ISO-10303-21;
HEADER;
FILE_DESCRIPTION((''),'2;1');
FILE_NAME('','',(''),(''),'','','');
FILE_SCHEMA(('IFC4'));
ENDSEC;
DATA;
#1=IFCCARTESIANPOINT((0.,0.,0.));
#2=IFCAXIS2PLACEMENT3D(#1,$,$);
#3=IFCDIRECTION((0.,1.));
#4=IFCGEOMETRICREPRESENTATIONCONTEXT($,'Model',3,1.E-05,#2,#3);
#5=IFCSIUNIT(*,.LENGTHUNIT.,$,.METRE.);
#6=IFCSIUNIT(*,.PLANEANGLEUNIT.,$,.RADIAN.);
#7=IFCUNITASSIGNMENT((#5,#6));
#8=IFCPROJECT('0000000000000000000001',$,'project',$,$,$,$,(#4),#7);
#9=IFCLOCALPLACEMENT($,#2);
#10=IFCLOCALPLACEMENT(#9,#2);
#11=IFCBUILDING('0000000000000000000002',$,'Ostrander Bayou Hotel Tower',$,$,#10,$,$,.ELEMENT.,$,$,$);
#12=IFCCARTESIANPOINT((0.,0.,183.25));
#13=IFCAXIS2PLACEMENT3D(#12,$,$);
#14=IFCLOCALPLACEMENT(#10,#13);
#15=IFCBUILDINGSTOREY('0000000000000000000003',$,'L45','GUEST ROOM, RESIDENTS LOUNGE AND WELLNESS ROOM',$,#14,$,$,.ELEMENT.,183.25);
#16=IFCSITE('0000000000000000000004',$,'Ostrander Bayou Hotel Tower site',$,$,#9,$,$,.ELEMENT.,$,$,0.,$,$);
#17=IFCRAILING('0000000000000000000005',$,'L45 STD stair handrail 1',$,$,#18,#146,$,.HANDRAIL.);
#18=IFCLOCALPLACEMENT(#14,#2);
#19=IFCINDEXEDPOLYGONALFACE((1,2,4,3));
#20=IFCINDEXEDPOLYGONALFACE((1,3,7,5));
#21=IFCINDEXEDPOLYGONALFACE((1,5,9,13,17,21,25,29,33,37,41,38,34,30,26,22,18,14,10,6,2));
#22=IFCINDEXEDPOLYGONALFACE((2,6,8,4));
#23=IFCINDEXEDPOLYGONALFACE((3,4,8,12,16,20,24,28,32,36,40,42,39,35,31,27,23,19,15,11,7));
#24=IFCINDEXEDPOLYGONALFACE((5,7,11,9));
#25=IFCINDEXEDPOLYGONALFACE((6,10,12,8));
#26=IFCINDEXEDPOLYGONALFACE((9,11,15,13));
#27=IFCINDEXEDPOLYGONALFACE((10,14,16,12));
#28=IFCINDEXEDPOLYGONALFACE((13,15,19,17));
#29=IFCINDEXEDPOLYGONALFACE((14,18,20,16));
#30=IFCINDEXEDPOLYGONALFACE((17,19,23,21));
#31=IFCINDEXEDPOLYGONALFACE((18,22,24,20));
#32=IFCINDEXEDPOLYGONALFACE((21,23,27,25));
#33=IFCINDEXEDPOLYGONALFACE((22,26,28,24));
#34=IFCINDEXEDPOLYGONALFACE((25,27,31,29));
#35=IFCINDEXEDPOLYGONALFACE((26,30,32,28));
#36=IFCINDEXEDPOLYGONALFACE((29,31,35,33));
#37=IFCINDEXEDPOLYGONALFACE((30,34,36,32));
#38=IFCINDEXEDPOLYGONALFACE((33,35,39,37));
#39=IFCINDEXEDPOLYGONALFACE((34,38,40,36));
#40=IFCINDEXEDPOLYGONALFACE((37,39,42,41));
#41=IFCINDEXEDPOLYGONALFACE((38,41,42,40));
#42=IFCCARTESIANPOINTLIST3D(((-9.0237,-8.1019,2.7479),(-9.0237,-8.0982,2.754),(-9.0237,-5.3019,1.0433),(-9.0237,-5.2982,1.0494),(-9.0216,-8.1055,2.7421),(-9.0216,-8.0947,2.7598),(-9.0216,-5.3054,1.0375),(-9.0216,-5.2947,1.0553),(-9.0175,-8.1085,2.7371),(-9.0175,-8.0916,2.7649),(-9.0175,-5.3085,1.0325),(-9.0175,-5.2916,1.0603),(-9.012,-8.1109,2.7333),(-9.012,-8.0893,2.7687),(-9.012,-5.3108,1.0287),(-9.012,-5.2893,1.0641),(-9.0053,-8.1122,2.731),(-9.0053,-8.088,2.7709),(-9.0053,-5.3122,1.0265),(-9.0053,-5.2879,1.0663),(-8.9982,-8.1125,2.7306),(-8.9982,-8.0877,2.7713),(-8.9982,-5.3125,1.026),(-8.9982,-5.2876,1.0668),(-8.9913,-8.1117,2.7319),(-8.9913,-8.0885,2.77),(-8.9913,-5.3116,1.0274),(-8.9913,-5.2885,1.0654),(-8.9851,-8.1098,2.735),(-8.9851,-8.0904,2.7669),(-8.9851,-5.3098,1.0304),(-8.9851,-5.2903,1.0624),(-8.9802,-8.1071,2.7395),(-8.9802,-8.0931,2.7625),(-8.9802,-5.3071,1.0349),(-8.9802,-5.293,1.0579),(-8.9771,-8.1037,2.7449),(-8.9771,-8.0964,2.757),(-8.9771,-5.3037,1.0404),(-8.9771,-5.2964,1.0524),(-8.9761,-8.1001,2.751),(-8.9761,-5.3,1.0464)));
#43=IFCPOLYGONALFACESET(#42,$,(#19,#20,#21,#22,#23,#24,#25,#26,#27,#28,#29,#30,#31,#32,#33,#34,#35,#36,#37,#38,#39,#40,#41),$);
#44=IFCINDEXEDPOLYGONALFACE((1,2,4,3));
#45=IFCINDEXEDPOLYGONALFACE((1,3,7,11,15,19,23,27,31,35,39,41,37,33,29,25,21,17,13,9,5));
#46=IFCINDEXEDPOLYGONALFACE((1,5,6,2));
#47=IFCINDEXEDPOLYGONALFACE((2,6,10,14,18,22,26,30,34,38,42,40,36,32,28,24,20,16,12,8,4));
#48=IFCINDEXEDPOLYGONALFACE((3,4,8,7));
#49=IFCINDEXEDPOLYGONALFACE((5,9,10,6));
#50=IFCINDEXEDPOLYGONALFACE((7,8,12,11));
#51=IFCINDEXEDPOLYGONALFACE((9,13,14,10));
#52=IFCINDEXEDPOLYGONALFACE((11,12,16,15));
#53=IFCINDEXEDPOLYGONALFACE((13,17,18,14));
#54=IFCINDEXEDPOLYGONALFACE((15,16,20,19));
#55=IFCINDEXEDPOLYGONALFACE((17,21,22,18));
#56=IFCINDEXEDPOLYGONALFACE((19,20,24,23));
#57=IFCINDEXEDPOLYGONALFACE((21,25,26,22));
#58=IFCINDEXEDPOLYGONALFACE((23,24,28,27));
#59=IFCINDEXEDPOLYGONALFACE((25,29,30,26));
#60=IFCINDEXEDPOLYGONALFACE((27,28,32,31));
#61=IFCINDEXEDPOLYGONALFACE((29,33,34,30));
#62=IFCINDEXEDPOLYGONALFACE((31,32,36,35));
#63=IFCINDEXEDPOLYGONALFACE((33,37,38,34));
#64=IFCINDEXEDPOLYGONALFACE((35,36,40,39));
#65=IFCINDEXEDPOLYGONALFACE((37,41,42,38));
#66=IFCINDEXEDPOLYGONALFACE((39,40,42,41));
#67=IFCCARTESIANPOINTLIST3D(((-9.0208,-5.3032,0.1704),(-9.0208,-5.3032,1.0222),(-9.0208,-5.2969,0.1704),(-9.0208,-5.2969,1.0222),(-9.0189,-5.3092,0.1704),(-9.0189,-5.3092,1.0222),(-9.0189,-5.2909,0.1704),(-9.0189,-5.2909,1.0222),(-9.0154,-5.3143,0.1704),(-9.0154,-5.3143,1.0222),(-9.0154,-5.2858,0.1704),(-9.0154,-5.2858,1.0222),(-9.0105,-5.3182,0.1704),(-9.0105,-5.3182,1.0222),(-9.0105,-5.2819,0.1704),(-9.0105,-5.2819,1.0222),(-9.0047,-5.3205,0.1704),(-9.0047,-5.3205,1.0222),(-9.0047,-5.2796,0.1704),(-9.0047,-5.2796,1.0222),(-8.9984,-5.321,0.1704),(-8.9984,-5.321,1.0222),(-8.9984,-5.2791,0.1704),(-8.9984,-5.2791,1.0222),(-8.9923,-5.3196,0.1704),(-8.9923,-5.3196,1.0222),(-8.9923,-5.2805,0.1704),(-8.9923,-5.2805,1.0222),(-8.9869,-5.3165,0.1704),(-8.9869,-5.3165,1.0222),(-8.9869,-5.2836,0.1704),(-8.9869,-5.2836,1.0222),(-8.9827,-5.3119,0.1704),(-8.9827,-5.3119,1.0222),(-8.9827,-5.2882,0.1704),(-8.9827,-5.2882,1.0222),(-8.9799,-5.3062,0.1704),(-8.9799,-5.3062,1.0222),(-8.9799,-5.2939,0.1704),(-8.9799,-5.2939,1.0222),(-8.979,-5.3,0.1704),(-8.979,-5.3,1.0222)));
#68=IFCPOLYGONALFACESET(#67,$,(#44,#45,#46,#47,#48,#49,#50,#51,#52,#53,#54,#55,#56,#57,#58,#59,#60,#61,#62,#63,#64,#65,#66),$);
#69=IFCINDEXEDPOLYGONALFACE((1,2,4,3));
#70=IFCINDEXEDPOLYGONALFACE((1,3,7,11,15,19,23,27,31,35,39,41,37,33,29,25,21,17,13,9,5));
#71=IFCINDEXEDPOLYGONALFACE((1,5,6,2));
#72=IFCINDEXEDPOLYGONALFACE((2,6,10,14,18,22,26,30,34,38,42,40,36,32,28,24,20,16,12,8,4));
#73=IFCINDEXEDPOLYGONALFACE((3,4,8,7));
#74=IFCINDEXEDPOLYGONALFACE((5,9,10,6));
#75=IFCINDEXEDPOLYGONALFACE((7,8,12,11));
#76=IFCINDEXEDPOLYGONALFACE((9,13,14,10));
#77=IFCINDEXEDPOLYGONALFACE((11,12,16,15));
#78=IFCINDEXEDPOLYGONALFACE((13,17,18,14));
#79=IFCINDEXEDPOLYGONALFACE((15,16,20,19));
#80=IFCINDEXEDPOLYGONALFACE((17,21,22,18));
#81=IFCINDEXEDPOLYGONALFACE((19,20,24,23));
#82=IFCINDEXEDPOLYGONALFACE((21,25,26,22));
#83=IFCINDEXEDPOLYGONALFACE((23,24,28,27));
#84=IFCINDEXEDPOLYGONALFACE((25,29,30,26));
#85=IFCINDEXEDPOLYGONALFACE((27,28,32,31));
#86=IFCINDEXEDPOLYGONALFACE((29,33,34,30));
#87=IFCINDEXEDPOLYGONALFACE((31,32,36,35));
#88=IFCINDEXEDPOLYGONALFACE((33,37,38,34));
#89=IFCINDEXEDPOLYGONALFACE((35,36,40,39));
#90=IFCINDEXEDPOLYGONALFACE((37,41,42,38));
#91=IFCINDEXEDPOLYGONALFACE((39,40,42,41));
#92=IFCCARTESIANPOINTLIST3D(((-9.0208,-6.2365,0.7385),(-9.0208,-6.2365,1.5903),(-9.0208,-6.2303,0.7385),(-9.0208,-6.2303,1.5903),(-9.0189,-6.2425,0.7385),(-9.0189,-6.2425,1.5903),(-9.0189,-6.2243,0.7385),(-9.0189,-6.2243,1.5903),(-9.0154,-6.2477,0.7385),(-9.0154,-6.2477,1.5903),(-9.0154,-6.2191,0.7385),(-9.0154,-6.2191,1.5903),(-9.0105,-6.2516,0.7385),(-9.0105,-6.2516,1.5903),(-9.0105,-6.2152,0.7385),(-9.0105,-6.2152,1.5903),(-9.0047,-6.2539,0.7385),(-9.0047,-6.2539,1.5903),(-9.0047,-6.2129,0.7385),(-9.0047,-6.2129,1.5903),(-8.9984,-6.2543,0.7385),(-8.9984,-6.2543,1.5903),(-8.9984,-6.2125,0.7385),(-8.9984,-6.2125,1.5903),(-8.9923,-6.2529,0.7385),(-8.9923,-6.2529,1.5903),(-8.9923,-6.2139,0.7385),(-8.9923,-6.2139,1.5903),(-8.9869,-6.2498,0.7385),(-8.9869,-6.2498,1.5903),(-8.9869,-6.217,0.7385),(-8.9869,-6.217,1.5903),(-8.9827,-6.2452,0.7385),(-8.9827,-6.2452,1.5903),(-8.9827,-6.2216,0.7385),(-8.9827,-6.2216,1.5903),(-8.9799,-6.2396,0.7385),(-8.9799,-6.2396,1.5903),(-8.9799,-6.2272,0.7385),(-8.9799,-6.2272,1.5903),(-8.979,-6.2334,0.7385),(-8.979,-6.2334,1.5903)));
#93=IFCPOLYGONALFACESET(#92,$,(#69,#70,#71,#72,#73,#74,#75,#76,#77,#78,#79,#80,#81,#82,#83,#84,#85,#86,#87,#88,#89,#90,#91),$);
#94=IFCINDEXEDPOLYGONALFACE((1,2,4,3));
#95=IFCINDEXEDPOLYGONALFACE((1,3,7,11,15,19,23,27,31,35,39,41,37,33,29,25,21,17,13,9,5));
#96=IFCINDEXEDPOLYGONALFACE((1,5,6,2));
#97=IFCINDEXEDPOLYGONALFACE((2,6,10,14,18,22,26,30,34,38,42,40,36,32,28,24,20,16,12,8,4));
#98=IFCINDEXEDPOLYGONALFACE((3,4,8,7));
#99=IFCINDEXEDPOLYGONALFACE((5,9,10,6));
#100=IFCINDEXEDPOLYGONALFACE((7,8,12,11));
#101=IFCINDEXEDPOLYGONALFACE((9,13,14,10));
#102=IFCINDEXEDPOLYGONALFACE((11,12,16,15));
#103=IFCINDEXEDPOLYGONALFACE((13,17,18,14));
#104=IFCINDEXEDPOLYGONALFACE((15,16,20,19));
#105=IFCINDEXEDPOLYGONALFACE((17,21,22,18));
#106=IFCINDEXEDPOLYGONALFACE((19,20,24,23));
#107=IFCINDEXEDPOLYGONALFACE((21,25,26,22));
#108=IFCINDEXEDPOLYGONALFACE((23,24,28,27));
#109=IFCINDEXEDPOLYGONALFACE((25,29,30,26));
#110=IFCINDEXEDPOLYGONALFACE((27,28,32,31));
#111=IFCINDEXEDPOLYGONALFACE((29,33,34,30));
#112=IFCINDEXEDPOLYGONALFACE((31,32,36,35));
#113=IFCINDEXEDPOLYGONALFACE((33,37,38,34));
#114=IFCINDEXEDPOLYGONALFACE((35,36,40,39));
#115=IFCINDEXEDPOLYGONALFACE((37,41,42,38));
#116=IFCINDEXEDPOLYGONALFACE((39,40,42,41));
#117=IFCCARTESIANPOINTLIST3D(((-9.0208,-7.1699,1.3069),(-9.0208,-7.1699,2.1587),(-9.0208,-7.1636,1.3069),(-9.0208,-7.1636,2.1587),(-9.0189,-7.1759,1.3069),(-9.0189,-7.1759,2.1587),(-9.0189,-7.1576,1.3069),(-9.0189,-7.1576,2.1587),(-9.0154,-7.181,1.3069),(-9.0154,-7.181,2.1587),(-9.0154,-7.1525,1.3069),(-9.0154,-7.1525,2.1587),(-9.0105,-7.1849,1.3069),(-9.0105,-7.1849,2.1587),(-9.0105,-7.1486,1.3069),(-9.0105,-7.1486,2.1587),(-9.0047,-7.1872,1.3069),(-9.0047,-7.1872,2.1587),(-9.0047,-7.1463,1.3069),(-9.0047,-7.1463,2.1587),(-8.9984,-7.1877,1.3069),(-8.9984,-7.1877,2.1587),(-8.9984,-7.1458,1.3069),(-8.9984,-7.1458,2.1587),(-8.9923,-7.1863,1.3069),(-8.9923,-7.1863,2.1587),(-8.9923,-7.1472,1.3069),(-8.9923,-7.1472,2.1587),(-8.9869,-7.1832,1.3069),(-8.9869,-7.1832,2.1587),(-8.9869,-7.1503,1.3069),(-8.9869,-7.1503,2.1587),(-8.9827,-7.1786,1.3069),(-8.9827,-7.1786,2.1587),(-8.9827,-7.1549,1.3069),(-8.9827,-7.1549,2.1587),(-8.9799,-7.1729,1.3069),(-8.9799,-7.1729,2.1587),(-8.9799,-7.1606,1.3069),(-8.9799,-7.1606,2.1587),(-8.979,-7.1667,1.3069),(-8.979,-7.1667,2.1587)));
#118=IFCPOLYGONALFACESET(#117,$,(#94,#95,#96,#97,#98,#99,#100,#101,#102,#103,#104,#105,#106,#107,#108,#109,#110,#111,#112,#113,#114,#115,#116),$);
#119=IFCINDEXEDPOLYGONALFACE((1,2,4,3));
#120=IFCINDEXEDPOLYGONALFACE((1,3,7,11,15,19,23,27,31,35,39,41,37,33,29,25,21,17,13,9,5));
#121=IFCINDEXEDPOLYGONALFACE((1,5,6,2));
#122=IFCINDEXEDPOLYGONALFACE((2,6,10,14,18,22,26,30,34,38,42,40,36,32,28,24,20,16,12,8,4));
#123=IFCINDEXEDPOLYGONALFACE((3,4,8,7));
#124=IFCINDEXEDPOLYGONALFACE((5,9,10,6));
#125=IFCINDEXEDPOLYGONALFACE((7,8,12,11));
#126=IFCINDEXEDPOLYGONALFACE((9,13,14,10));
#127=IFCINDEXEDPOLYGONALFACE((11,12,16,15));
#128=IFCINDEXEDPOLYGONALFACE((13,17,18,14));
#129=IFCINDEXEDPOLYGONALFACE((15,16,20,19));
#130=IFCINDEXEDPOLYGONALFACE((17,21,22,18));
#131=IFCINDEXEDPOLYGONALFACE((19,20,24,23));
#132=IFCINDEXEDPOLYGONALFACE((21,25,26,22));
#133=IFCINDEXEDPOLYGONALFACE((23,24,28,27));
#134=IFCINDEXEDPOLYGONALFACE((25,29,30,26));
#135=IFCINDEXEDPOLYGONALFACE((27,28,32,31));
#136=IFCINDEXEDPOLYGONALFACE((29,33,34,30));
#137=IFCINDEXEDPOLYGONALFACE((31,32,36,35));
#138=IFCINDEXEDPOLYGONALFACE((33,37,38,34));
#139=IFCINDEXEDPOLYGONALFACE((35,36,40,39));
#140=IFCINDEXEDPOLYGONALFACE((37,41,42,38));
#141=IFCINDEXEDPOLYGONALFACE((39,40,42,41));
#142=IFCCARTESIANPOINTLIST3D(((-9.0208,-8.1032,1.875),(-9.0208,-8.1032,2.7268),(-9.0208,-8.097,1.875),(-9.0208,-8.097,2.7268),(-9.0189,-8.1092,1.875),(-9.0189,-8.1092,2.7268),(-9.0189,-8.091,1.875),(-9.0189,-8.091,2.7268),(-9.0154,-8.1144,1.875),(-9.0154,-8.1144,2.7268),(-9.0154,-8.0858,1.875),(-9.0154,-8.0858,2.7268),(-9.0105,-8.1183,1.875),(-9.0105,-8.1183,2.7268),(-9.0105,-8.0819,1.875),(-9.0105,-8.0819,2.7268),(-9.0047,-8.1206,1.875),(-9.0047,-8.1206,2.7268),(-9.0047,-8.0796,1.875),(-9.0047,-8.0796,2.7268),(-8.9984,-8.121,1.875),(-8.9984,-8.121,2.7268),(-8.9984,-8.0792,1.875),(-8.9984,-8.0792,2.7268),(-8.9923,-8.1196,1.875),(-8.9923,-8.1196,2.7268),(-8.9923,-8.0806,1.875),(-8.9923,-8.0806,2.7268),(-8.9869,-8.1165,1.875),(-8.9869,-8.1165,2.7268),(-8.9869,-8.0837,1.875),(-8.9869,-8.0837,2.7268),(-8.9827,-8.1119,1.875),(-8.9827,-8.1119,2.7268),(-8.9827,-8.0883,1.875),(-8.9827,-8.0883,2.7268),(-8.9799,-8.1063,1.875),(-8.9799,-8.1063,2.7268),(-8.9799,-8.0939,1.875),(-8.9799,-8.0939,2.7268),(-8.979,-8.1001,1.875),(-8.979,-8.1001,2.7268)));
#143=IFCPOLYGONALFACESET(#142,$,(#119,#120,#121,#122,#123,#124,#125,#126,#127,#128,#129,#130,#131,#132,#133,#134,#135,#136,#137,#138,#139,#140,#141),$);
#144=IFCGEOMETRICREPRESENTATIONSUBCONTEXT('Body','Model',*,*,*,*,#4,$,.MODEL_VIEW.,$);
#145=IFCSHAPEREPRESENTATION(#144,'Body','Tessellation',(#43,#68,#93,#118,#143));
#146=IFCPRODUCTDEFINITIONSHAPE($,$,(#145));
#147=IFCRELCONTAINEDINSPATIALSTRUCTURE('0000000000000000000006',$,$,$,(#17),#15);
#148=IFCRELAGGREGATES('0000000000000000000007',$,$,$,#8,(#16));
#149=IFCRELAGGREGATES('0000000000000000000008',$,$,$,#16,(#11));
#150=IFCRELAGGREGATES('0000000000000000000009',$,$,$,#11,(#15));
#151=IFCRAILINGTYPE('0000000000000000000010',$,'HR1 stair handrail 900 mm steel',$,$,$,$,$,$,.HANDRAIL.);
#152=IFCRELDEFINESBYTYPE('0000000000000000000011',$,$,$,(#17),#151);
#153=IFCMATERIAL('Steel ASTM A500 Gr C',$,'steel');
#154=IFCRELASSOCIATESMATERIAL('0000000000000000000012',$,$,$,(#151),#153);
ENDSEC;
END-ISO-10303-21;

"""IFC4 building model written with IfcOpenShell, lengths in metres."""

from ifc_helpers import new_model, si_unit, direction, frame, origin, origin_2d, place, context, subcontext, project, spatial, circle, extrude, material, type_object, element, save


model = new_model("IFC4")

# Units and contexts
model_context = context("Model", 3, precision=1e-05, world=origin(), true_north=direction((0.0, 1.0)))
body_context = subcontext(model_context, "Body", "Model", "MODEL_VIEW")
ifc_project = project(units=[si_unit("LENGTHUNIT", "METRE"), si_unit("PLANEANGLEUNIT", "RADIAN")], contexts=[model_context])

# Site, building, storey
site_placement = place(None, origin())
site = spatial("IfcSite", under=ifc_project, at=site_placement, Name="Ostrander Bayou Hotel Tower site", CompositionType="ELEMENT", RefElevation=0.0)
building_placement = place(site_placement, origin())
building = spatial("IfcBuilding", under=site, at=building_placement, Name="Ostrander Bayou Hotel Tower", CompositionType="ELEMENT")
storey_placement = place(building_placement, frame((0.0, 0.0, 183.25)))
storey = spatial("IfcBuildingStorey", under=building, at=storey_placement, Name="L45", Description="GUEST ROOM, RESIDENTS LOUNGE AND WELLNESS ROOM", CompositionType="ELEMENT", Elevation=183.25)

# Railing
ifc_material_1 = material(Name="Steel ASTM A500 Gr C", Category="steel")
railing_type_1 = type_object("IfcRailingType", Name="HR1 stair handrail 900 mm steel", PredefinedType="HANDRAIL", material=ifc_material_1)
railing_1_placement = place(storey_placement, frame((-9.0, -5.3, 0.1704)))
element("IfcRailing", 1, at=railing_1_placement, inside=storey, type_object=railing_type_1, Name="L45 STD stair handrail 1", PredefinedType="HANDRAIL", context=body_context, shape_type="SweptSolid", body=[
    extrude(circle(Radius=0.0239, at=origin_2d()), frame((0.0, 0.0, 0.876), z_axis=(0.0, -0.85417, 0.519994), x_axis=(1.0, 0.0, 0.0)), (0.0, 0.0, 1.0), 3.2781),
    extrude(circle(Radius=0.021, at=origin_2d()), origin(), (0.0, 0.0, 1.0), 0.8518),
    extrude(circle(Radius=0.021, at=origin_2d()), frame((0.0, -0.9333, 0.5681)), (0.0, 0.0, 1.0), 0.8518),
    extrude(circle(Radius=0.021, at=origin_2d()), frame((0.0, -1.8667, 1.1365)), (0.0, 0.0, 1.0), 0.8518),
    extrude(circle(Radius=0.021, at=origin_2d()), frame((0.0, -2.8, 1.7046)), (0.0, 0.0, 1.0), 0.8518),
])

save(model, "model.ifc")
